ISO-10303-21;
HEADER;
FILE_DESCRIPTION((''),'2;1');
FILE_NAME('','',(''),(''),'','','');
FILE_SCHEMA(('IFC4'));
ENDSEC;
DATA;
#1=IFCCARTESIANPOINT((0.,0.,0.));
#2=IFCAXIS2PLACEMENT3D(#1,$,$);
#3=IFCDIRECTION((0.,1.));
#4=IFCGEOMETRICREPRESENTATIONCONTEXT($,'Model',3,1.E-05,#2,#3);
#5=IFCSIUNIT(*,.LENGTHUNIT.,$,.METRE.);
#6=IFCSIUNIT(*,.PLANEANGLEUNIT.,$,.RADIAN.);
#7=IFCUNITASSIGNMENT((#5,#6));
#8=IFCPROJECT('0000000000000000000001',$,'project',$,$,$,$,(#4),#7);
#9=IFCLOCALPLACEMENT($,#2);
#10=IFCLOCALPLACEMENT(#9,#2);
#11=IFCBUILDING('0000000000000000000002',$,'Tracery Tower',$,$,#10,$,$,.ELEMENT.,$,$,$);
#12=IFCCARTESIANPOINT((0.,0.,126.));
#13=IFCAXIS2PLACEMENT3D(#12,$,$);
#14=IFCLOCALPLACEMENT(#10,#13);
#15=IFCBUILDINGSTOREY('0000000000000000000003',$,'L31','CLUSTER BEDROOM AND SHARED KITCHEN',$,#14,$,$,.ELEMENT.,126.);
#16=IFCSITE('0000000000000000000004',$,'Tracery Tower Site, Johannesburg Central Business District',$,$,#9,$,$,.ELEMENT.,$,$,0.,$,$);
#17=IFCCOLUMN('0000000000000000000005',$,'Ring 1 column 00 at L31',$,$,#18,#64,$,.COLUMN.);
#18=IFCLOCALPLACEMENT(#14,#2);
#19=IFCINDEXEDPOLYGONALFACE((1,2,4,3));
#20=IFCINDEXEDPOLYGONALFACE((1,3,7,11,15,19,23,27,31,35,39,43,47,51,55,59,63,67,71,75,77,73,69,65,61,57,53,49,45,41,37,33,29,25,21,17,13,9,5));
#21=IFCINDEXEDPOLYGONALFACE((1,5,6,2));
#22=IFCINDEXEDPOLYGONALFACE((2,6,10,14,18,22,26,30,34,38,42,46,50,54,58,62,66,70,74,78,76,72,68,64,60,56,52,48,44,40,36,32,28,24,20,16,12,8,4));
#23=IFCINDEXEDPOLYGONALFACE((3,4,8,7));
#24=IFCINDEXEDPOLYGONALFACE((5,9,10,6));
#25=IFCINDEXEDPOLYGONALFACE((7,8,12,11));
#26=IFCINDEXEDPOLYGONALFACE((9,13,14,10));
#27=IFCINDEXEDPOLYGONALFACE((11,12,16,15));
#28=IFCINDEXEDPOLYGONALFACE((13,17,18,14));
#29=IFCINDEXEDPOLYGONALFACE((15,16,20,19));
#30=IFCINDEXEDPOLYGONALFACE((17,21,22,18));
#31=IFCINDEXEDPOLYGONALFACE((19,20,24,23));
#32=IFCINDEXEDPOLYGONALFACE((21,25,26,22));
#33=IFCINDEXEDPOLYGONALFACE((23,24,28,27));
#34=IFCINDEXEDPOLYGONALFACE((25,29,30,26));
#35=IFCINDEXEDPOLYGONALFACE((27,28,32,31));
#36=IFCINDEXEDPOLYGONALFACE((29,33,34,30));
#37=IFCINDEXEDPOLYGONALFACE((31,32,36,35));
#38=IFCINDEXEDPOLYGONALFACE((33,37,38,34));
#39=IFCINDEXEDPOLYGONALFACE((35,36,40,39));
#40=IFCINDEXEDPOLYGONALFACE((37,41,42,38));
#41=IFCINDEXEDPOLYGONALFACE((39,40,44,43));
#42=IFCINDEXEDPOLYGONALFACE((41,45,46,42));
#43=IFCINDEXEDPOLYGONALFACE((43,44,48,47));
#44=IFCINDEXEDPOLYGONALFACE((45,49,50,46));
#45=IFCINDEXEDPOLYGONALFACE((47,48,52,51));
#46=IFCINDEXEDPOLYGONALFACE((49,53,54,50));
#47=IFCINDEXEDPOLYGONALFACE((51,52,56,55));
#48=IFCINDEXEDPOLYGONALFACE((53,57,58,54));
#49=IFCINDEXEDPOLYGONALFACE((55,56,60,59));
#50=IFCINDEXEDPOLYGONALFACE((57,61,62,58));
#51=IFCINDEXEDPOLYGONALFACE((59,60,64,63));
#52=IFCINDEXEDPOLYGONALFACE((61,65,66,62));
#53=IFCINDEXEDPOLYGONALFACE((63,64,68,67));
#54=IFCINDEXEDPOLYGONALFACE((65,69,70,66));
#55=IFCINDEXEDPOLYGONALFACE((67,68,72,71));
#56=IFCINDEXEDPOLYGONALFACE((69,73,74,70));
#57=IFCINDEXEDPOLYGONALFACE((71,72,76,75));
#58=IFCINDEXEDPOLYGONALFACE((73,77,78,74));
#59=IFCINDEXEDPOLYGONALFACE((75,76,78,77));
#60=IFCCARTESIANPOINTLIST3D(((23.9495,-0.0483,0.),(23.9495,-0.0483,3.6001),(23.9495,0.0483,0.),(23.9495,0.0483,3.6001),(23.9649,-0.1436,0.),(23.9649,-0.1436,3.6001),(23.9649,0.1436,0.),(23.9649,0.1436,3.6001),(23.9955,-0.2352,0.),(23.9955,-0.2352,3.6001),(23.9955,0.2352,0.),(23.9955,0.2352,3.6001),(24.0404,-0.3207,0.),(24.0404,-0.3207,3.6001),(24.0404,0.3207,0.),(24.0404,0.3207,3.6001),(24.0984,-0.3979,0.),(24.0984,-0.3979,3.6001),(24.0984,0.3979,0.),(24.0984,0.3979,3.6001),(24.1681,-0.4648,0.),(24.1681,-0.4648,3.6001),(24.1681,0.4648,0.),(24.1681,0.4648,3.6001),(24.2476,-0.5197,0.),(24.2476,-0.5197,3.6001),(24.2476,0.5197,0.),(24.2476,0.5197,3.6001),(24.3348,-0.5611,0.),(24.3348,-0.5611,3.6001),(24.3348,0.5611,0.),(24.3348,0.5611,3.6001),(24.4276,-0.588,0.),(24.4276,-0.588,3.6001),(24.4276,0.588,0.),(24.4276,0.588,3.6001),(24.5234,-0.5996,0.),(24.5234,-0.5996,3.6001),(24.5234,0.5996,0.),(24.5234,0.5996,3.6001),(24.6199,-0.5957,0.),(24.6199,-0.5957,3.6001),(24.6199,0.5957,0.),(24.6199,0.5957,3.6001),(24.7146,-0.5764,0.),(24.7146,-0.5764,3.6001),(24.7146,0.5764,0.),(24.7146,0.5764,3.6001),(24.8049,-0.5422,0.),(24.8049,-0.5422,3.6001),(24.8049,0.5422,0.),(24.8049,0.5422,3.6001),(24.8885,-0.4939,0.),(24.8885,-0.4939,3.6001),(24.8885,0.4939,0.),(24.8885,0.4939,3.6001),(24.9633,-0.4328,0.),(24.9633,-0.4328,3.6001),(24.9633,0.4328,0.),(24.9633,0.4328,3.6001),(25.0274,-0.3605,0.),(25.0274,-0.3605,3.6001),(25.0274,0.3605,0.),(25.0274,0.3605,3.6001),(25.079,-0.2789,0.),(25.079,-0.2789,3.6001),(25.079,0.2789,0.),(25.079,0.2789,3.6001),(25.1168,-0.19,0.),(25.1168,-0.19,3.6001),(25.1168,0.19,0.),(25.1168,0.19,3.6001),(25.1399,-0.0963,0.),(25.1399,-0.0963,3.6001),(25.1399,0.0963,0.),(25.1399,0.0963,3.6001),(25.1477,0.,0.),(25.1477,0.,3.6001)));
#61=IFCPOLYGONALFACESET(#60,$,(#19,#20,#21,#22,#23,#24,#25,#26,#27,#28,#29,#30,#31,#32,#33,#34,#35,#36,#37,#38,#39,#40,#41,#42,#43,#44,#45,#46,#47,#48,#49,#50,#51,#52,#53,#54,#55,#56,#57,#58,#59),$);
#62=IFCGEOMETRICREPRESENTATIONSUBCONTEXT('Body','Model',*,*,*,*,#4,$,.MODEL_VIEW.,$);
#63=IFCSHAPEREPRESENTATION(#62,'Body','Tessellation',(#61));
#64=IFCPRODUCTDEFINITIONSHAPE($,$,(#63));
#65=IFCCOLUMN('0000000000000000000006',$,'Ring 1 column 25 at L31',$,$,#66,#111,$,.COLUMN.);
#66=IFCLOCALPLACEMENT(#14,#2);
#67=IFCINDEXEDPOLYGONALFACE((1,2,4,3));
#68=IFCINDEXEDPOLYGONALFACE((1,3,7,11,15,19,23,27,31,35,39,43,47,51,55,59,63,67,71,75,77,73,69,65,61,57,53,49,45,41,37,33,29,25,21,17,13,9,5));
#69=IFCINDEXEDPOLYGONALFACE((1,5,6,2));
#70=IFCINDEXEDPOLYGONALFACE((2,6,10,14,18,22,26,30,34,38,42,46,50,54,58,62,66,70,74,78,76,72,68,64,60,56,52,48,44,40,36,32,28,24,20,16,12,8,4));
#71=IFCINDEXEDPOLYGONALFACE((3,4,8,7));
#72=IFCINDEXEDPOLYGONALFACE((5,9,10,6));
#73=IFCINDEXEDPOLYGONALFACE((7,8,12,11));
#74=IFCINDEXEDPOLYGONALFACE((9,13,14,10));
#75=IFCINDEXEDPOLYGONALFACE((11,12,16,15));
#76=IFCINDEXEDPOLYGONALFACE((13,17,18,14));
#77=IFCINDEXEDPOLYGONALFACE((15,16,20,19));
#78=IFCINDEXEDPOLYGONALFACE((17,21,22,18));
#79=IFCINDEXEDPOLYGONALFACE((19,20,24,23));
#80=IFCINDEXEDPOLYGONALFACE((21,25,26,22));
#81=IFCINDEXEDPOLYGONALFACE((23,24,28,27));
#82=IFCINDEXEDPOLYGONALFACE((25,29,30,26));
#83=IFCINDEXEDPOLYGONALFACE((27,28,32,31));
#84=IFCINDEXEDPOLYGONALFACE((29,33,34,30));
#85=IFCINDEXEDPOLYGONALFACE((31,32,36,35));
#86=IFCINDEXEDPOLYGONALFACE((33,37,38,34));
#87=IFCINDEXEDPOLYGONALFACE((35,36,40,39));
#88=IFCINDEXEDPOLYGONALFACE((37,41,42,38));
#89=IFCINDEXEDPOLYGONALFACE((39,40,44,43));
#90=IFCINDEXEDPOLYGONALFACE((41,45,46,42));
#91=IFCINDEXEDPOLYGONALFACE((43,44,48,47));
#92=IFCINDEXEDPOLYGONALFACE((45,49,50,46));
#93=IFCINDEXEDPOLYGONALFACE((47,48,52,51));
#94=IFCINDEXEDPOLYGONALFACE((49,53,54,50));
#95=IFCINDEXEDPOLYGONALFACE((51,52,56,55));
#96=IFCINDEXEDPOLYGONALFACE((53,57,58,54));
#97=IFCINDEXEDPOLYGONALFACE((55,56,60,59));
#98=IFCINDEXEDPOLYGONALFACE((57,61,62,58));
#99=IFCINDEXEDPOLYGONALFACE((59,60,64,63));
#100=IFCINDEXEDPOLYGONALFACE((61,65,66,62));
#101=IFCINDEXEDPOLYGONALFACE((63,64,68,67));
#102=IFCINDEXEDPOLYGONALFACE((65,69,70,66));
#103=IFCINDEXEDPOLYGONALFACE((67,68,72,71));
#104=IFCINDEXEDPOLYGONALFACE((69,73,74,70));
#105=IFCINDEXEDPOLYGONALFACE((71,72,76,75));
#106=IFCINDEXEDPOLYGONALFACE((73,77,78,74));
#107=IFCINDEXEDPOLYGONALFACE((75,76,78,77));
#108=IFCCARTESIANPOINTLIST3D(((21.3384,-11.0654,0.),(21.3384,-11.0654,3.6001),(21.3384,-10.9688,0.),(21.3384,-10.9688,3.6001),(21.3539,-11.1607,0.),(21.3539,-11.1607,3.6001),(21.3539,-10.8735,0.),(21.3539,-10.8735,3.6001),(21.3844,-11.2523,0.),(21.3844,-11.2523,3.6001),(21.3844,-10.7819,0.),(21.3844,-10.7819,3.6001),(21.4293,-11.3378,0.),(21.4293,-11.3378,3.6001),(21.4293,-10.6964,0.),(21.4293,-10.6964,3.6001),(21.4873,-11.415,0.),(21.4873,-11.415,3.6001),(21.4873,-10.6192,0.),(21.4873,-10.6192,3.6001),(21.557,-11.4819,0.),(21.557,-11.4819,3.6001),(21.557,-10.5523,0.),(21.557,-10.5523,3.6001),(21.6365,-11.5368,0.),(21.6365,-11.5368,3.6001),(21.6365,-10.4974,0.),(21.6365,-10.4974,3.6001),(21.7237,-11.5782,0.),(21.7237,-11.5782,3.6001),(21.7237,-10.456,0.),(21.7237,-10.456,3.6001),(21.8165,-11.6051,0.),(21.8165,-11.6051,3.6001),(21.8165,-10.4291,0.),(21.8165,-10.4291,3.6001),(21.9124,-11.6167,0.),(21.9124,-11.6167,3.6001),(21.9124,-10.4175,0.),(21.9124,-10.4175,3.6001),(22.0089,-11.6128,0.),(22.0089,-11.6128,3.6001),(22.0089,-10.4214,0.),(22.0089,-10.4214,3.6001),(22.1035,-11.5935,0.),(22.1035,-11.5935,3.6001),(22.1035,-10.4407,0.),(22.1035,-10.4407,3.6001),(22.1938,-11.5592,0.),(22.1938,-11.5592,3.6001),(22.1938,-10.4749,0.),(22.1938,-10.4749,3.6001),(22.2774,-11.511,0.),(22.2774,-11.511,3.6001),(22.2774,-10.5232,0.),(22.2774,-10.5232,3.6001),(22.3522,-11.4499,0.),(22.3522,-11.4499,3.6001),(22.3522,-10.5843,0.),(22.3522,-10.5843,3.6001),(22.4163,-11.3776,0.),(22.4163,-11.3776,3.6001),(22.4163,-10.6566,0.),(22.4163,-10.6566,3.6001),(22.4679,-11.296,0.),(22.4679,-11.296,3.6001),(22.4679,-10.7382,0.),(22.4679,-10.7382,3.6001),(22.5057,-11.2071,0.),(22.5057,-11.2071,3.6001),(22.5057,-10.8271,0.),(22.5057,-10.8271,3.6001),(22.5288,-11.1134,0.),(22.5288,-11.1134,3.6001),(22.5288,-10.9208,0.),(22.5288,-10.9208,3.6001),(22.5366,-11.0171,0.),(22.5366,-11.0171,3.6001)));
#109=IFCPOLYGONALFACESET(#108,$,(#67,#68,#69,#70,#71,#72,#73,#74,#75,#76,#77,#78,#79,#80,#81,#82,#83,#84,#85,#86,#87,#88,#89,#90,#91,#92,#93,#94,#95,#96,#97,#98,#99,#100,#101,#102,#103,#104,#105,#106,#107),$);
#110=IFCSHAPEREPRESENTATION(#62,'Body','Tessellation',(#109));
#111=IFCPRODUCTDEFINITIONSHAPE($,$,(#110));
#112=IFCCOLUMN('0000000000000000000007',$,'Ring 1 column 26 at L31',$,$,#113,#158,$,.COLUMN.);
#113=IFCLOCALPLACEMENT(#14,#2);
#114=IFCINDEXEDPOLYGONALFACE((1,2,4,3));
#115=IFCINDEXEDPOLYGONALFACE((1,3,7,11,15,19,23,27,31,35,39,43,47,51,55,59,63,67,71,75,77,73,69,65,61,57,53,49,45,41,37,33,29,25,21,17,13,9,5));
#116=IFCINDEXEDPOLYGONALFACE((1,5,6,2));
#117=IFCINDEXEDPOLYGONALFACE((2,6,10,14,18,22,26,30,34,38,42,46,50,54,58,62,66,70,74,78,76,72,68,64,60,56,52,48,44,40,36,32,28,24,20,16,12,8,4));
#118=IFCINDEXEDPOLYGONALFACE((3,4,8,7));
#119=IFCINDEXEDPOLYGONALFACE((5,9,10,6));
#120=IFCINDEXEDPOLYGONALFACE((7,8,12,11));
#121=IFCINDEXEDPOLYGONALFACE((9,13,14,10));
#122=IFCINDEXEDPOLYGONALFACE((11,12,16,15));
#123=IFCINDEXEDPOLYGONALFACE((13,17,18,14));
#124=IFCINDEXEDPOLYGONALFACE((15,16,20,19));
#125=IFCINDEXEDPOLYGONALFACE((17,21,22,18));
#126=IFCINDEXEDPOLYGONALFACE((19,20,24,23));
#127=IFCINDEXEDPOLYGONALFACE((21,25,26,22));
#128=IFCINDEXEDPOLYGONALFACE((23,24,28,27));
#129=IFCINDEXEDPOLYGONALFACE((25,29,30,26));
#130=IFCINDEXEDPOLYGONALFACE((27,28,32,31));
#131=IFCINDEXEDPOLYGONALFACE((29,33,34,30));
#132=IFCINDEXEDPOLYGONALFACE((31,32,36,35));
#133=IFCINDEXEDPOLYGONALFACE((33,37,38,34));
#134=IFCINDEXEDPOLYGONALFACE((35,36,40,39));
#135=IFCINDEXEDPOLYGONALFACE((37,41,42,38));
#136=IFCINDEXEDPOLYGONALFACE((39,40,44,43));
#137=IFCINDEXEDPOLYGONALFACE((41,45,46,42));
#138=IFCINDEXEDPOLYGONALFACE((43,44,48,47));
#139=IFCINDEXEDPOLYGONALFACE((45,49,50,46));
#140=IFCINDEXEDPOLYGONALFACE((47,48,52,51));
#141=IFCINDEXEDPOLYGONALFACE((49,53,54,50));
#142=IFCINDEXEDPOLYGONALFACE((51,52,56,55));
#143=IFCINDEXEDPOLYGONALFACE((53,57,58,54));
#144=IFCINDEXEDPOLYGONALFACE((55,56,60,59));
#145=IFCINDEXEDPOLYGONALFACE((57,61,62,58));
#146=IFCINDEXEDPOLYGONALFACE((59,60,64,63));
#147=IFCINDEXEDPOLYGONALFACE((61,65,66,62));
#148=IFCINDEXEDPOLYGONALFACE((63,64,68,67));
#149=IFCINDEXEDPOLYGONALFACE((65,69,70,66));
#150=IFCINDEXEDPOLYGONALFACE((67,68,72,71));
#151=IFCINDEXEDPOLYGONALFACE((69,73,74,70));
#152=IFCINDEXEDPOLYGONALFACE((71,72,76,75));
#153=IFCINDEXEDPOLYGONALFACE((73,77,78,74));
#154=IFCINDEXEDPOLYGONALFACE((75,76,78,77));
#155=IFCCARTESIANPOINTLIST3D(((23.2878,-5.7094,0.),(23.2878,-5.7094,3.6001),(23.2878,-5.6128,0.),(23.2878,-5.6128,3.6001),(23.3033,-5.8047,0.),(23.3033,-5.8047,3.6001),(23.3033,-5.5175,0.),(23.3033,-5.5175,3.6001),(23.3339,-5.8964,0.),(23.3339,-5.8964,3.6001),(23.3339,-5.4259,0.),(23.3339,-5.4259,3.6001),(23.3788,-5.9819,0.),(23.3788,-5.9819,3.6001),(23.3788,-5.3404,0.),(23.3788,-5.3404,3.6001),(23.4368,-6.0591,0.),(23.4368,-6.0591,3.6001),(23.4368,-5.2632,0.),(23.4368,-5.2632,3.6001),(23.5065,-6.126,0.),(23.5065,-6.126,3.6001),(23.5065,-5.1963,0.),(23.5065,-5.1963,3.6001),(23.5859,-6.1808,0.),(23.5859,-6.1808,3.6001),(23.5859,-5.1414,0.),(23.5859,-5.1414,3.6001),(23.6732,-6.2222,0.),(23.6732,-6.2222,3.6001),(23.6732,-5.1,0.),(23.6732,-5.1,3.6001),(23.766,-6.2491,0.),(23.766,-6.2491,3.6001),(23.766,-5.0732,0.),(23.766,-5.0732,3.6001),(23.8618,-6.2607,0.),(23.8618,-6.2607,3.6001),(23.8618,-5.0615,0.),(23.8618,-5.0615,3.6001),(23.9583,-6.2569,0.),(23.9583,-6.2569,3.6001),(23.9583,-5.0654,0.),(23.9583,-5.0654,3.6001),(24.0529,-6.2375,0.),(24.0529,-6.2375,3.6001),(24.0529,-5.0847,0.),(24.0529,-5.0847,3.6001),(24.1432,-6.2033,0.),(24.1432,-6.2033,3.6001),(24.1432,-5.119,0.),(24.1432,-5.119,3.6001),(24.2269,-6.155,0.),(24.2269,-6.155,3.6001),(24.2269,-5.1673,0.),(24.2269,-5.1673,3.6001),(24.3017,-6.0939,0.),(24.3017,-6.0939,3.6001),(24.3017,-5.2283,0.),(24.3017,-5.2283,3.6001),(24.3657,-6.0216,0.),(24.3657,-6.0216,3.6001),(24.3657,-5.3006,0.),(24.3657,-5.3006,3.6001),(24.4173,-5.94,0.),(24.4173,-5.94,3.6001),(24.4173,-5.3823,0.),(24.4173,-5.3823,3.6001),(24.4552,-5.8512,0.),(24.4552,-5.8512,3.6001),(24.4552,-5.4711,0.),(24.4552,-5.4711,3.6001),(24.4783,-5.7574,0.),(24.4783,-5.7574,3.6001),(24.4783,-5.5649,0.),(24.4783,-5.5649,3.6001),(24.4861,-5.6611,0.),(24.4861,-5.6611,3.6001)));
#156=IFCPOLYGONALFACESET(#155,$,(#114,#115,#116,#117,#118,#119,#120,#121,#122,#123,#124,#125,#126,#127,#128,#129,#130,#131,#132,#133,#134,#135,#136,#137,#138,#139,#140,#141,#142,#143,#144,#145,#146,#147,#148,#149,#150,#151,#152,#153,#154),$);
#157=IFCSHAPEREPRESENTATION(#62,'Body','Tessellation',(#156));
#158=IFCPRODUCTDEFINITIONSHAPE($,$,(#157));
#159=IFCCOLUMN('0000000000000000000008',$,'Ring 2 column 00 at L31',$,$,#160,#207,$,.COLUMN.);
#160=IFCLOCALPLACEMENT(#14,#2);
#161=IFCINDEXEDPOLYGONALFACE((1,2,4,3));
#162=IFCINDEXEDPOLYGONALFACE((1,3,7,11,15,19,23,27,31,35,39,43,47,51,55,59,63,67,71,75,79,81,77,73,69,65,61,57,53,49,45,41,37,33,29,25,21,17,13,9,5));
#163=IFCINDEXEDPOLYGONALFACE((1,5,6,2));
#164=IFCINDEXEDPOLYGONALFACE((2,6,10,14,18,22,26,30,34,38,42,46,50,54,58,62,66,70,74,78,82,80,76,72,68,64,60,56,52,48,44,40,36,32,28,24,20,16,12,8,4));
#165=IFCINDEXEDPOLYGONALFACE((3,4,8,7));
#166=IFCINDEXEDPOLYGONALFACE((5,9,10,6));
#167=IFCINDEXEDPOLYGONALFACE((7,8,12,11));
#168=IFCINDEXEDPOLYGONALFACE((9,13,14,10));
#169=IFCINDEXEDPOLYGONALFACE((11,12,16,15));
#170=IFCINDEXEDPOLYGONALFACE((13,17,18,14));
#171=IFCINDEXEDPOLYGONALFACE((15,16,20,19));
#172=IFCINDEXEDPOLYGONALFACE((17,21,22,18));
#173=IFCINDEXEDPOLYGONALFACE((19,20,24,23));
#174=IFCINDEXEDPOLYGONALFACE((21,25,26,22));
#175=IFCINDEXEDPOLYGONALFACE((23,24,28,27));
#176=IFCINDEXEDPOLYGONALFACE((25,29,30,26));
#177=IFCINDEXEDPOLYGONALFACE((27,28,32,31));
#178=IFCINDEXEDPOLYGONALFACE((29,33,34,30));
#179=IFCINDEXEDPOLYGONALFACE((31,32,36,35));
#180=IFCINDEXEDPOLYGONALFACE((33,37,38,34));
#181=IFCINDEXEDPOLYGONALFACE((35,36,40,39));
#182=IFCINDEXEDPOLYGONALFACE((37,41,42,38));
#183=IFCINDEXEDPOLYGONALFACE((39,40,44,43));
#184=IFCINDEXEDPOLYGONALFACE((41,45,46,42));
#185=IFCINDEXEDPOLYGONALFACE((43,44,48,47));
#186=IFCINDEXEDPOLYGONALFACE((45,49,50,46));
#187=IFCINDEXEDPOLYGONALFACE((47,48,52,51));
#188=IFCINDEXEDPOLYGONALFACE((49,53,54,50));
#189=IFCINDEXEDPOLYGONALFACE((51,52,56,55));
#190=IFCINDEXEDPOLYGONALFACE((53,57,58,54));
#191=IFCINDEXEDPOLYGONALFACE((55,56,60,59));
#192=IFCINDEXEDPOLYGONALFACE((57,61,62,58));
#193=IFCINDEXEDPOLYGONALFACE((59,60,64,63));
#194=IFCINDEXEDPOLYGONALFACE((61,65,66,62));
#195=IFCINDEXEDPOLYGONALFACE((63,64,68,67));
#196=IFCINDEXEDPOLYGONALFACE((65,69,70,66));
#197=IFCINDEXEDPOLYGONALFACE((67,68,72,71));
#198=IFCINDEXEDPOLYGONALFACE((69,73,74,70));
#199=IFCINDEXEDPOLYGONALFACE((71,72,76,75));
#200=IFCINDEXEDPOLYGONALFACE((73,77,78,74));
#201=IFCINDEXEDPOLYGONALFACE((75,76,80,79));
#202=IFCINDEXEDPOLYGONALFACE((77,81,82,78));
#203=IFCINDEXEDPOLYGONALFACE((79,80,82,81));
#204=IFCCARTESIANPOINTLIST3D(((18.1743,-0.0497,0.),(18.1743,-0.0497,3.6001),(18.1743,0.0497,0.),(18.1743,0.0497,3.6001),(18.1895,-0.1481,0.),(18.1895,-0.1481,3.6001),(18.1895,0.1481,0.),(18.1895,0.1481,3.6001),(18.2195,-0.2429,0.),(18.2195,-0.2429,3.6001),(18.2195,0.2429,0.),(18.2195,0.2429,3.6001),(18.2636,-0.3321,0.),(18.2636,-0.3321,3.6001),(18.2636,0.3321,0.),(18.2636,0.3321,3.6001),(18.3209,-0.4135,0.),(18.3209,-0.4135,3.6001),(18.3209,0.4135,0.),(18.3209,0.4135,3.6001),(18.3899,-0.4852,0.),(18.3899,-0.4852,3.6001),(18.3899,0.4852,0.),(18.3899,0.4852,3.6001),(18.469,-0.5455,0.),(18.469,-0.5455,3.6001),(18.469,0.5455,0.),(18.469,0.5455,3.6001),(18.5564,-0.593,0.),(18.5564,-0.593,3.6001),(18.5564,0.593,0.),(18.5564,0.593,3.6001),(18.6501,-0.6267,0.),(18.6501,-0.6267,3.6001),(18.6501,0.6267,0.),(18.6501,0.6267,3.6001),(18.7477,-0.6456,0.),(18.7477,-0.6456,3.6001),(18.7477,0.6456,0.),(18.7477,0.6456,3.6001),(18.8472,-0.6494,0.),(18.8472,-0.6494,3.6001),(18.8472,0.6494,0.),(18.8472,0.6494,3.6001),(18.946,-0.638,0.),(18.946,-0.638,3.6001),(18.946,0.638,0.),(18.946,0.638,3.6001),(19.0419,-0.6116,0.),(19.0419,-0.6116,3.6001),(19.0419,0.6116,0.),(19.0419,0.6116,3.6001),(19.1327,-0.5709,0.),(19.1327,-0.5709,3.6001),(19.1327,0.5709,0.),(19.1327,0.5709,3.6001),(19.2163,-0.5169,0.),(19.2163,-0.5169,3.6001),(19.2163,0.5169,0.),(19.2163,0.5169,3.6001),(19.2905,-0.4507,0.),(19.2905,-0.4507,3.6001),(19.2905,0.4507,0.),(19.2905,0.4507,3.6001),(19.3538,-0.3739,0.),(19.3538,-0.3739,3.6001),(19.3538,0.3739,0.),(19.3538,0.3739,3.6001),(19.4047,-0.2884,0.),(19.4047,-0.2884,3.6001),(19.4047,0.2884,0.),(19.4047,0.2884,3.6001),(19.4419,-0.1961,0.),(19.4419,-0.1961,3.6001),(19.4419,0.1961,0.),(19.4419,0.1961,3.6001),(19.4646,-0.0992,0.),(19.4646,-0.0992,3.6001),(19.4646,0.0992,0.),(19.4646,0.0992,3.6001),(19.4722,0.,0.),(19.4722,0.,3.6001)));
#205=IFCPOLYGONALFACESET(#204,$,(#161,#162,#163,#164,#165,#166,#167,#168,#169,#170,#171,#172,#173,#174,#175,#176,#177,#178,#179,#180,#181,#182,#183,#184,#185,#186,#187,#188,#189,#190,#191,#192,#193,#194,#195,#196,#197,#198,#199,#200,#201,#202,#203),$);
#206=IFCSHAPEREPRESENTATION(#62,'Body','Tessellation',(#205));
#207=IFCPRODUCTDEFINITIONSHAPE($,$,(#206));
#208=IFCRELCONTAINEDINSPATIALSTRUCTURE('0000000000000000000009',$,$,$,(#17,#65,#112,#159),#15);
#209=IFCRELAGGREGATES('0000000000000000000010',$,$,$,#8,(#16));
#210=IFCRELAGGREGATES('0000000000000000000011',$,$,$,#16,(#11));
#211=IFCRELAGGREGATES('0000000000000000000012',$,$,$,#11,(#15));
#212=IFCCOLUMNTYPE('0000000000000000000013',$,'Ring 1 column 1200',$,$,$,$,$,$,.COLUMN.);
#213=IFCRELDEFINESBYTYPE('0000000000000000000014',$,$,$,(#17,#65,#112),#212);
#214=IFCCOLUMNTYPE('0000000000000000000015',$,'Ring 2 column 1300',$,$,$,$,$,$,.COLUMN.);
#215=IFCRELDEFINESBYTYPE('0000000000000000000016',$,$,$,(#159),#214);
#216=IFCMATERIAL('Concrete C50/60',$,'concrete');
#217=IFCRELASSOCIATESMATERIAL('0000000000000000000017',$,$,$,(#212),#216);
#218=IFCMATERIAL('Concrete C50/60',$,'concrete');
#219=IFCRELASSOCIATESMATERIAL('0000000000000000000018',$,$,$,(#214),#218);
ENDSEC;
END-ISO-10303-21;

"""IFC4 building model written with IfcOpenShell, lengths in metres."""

from ifc_helpers import new_model, si_unit, direction, frame, origin, origin_2d, place, context, subcontext, project, spatial, circle, extrude, material, material_profile, profile_set, type_object, element, save


model = new_model("IFC4")

# Units and contexts
model_context = context("Model", 3, precision=1e-05, world=origin(), true_north=direction((0.0, 1.0)))
body_context = subcontext(model_context, "Body", "Model", "MODEL_VIEW")
ifc_project = project(units=[si_unit("LENGTHUNIT", "METRE"), si_unit("PLANEANGLEUNIT", "RADIAN")], contexts=[model_context])

# Site, building, storey
site_placement = place(None, origin())
site = spatial("IfcSite", under=ifc_project, at=site_placement, Name="Tracery Tower Site, Johannesburg Central Business District", CompositionType="ELEMENT", RefElevation=0.0)
building_placement = place(site_placement, origin())
building = spatial("IfcBuilding", under=site, at=building_placement, Name="Tracery Tower", CompositionType="ELEMENT")
storey_placement = place(building_placement, frame((0.0, 0.0, 126.0)))
storey = spatial("IfcBuildingStorey", under=building, at=storey_placement, Name="L31", Description="CLUSTER BEDROOM AND SHARED KITCHEN", CompositionType="ELEMENT", Elevation=126.0)

# Columns
ifc_material_1 = material(Name="Concrete C50/60", Category="concrete")
ifc_material_profile_1 = material_profile(ifc_material_1, circle(Radius=0.6001, at=origin_2d()), Name="RC D1200")
ifc_profile_set_1 = profile_set([ifc_material_profile_1], Name="Concrete C50/60")
column_type_1 = type_object("IfcColumnType", Name="Ring 1 column 1200", PredefinedType="COLUMN", material=ifc_profile_set_1)
for number, where, z_axis, x_axis, name in (
    (1, (24.5476, 0.0, 0.0), (0.0, 0.0, 1.0), (1.0, 0.0, 0.0), "Ring 1 column 00 at L31"),
    (2, (21.9365, -11.0171, 0.0), (0.0, 0.0, 1.0), (1.0, 0.0, 0.0), "Ring 1 column 25 at L31"),
    (3, (23.886, -5.6611, 0.0), (0.0, 0.0, 1.0), (1.0, 0.0, 0.0), "Ring 1 column 26 at L31"),
):
    element("IfcColumn", number, at=place(storey_placement, frame(where, z_axis=z_axis, x_axis=x_axis)), inside=storey, type_object=column_type_1, Name=name, PredefinedType="COLUMN", context=body_context, shape_type="SweptSolid", body=[
        extrude(circle(Radius=0.6001, at=origin_2d()), origin(), (0.0, 0.0, 1.0), 3.6001),
    ])
ifc_material_2 = material(Name="Concrete C50/60", Category="concrete")
ifc_material_profile_2 = material_profile(ifc_material_2, circle(Radius=0.6499, at=origin_2d()), Name="RC D1300")
ifc_profile_set_2 = profile_set([ifc_material_profile_2], Name="Concrete C50/60")
column_type_2 = type_object("IfcColumnType", Name="Ring 2 column 1300", PredefinedType="COLUMN", material=ifc_profile_set_2)
for number, where, z_axis, x_axis, name in (
    (4, (18.8223, 0.0, 0.0), (0.0, 0.0, 1.0), (1.0, 0.0, 0.0), "Ring 2 column 00 at L31"),
):
    element("IfcColumn", number, at=place(storey_placement, frame(where, z_axis=z_axis, x_axis=x_axis)), inside=storey, type_object=column_type_2, Name=name, PredefinedType="COLUMN", context=body_context, shape_type="SweptSolid", body=[
        extrude(circle(Radius=0.6499, at=origin_2d()), origin(), (0.0, 0.0, 1.0), 3.6001),
    ])

save(model, "model.ifc")
